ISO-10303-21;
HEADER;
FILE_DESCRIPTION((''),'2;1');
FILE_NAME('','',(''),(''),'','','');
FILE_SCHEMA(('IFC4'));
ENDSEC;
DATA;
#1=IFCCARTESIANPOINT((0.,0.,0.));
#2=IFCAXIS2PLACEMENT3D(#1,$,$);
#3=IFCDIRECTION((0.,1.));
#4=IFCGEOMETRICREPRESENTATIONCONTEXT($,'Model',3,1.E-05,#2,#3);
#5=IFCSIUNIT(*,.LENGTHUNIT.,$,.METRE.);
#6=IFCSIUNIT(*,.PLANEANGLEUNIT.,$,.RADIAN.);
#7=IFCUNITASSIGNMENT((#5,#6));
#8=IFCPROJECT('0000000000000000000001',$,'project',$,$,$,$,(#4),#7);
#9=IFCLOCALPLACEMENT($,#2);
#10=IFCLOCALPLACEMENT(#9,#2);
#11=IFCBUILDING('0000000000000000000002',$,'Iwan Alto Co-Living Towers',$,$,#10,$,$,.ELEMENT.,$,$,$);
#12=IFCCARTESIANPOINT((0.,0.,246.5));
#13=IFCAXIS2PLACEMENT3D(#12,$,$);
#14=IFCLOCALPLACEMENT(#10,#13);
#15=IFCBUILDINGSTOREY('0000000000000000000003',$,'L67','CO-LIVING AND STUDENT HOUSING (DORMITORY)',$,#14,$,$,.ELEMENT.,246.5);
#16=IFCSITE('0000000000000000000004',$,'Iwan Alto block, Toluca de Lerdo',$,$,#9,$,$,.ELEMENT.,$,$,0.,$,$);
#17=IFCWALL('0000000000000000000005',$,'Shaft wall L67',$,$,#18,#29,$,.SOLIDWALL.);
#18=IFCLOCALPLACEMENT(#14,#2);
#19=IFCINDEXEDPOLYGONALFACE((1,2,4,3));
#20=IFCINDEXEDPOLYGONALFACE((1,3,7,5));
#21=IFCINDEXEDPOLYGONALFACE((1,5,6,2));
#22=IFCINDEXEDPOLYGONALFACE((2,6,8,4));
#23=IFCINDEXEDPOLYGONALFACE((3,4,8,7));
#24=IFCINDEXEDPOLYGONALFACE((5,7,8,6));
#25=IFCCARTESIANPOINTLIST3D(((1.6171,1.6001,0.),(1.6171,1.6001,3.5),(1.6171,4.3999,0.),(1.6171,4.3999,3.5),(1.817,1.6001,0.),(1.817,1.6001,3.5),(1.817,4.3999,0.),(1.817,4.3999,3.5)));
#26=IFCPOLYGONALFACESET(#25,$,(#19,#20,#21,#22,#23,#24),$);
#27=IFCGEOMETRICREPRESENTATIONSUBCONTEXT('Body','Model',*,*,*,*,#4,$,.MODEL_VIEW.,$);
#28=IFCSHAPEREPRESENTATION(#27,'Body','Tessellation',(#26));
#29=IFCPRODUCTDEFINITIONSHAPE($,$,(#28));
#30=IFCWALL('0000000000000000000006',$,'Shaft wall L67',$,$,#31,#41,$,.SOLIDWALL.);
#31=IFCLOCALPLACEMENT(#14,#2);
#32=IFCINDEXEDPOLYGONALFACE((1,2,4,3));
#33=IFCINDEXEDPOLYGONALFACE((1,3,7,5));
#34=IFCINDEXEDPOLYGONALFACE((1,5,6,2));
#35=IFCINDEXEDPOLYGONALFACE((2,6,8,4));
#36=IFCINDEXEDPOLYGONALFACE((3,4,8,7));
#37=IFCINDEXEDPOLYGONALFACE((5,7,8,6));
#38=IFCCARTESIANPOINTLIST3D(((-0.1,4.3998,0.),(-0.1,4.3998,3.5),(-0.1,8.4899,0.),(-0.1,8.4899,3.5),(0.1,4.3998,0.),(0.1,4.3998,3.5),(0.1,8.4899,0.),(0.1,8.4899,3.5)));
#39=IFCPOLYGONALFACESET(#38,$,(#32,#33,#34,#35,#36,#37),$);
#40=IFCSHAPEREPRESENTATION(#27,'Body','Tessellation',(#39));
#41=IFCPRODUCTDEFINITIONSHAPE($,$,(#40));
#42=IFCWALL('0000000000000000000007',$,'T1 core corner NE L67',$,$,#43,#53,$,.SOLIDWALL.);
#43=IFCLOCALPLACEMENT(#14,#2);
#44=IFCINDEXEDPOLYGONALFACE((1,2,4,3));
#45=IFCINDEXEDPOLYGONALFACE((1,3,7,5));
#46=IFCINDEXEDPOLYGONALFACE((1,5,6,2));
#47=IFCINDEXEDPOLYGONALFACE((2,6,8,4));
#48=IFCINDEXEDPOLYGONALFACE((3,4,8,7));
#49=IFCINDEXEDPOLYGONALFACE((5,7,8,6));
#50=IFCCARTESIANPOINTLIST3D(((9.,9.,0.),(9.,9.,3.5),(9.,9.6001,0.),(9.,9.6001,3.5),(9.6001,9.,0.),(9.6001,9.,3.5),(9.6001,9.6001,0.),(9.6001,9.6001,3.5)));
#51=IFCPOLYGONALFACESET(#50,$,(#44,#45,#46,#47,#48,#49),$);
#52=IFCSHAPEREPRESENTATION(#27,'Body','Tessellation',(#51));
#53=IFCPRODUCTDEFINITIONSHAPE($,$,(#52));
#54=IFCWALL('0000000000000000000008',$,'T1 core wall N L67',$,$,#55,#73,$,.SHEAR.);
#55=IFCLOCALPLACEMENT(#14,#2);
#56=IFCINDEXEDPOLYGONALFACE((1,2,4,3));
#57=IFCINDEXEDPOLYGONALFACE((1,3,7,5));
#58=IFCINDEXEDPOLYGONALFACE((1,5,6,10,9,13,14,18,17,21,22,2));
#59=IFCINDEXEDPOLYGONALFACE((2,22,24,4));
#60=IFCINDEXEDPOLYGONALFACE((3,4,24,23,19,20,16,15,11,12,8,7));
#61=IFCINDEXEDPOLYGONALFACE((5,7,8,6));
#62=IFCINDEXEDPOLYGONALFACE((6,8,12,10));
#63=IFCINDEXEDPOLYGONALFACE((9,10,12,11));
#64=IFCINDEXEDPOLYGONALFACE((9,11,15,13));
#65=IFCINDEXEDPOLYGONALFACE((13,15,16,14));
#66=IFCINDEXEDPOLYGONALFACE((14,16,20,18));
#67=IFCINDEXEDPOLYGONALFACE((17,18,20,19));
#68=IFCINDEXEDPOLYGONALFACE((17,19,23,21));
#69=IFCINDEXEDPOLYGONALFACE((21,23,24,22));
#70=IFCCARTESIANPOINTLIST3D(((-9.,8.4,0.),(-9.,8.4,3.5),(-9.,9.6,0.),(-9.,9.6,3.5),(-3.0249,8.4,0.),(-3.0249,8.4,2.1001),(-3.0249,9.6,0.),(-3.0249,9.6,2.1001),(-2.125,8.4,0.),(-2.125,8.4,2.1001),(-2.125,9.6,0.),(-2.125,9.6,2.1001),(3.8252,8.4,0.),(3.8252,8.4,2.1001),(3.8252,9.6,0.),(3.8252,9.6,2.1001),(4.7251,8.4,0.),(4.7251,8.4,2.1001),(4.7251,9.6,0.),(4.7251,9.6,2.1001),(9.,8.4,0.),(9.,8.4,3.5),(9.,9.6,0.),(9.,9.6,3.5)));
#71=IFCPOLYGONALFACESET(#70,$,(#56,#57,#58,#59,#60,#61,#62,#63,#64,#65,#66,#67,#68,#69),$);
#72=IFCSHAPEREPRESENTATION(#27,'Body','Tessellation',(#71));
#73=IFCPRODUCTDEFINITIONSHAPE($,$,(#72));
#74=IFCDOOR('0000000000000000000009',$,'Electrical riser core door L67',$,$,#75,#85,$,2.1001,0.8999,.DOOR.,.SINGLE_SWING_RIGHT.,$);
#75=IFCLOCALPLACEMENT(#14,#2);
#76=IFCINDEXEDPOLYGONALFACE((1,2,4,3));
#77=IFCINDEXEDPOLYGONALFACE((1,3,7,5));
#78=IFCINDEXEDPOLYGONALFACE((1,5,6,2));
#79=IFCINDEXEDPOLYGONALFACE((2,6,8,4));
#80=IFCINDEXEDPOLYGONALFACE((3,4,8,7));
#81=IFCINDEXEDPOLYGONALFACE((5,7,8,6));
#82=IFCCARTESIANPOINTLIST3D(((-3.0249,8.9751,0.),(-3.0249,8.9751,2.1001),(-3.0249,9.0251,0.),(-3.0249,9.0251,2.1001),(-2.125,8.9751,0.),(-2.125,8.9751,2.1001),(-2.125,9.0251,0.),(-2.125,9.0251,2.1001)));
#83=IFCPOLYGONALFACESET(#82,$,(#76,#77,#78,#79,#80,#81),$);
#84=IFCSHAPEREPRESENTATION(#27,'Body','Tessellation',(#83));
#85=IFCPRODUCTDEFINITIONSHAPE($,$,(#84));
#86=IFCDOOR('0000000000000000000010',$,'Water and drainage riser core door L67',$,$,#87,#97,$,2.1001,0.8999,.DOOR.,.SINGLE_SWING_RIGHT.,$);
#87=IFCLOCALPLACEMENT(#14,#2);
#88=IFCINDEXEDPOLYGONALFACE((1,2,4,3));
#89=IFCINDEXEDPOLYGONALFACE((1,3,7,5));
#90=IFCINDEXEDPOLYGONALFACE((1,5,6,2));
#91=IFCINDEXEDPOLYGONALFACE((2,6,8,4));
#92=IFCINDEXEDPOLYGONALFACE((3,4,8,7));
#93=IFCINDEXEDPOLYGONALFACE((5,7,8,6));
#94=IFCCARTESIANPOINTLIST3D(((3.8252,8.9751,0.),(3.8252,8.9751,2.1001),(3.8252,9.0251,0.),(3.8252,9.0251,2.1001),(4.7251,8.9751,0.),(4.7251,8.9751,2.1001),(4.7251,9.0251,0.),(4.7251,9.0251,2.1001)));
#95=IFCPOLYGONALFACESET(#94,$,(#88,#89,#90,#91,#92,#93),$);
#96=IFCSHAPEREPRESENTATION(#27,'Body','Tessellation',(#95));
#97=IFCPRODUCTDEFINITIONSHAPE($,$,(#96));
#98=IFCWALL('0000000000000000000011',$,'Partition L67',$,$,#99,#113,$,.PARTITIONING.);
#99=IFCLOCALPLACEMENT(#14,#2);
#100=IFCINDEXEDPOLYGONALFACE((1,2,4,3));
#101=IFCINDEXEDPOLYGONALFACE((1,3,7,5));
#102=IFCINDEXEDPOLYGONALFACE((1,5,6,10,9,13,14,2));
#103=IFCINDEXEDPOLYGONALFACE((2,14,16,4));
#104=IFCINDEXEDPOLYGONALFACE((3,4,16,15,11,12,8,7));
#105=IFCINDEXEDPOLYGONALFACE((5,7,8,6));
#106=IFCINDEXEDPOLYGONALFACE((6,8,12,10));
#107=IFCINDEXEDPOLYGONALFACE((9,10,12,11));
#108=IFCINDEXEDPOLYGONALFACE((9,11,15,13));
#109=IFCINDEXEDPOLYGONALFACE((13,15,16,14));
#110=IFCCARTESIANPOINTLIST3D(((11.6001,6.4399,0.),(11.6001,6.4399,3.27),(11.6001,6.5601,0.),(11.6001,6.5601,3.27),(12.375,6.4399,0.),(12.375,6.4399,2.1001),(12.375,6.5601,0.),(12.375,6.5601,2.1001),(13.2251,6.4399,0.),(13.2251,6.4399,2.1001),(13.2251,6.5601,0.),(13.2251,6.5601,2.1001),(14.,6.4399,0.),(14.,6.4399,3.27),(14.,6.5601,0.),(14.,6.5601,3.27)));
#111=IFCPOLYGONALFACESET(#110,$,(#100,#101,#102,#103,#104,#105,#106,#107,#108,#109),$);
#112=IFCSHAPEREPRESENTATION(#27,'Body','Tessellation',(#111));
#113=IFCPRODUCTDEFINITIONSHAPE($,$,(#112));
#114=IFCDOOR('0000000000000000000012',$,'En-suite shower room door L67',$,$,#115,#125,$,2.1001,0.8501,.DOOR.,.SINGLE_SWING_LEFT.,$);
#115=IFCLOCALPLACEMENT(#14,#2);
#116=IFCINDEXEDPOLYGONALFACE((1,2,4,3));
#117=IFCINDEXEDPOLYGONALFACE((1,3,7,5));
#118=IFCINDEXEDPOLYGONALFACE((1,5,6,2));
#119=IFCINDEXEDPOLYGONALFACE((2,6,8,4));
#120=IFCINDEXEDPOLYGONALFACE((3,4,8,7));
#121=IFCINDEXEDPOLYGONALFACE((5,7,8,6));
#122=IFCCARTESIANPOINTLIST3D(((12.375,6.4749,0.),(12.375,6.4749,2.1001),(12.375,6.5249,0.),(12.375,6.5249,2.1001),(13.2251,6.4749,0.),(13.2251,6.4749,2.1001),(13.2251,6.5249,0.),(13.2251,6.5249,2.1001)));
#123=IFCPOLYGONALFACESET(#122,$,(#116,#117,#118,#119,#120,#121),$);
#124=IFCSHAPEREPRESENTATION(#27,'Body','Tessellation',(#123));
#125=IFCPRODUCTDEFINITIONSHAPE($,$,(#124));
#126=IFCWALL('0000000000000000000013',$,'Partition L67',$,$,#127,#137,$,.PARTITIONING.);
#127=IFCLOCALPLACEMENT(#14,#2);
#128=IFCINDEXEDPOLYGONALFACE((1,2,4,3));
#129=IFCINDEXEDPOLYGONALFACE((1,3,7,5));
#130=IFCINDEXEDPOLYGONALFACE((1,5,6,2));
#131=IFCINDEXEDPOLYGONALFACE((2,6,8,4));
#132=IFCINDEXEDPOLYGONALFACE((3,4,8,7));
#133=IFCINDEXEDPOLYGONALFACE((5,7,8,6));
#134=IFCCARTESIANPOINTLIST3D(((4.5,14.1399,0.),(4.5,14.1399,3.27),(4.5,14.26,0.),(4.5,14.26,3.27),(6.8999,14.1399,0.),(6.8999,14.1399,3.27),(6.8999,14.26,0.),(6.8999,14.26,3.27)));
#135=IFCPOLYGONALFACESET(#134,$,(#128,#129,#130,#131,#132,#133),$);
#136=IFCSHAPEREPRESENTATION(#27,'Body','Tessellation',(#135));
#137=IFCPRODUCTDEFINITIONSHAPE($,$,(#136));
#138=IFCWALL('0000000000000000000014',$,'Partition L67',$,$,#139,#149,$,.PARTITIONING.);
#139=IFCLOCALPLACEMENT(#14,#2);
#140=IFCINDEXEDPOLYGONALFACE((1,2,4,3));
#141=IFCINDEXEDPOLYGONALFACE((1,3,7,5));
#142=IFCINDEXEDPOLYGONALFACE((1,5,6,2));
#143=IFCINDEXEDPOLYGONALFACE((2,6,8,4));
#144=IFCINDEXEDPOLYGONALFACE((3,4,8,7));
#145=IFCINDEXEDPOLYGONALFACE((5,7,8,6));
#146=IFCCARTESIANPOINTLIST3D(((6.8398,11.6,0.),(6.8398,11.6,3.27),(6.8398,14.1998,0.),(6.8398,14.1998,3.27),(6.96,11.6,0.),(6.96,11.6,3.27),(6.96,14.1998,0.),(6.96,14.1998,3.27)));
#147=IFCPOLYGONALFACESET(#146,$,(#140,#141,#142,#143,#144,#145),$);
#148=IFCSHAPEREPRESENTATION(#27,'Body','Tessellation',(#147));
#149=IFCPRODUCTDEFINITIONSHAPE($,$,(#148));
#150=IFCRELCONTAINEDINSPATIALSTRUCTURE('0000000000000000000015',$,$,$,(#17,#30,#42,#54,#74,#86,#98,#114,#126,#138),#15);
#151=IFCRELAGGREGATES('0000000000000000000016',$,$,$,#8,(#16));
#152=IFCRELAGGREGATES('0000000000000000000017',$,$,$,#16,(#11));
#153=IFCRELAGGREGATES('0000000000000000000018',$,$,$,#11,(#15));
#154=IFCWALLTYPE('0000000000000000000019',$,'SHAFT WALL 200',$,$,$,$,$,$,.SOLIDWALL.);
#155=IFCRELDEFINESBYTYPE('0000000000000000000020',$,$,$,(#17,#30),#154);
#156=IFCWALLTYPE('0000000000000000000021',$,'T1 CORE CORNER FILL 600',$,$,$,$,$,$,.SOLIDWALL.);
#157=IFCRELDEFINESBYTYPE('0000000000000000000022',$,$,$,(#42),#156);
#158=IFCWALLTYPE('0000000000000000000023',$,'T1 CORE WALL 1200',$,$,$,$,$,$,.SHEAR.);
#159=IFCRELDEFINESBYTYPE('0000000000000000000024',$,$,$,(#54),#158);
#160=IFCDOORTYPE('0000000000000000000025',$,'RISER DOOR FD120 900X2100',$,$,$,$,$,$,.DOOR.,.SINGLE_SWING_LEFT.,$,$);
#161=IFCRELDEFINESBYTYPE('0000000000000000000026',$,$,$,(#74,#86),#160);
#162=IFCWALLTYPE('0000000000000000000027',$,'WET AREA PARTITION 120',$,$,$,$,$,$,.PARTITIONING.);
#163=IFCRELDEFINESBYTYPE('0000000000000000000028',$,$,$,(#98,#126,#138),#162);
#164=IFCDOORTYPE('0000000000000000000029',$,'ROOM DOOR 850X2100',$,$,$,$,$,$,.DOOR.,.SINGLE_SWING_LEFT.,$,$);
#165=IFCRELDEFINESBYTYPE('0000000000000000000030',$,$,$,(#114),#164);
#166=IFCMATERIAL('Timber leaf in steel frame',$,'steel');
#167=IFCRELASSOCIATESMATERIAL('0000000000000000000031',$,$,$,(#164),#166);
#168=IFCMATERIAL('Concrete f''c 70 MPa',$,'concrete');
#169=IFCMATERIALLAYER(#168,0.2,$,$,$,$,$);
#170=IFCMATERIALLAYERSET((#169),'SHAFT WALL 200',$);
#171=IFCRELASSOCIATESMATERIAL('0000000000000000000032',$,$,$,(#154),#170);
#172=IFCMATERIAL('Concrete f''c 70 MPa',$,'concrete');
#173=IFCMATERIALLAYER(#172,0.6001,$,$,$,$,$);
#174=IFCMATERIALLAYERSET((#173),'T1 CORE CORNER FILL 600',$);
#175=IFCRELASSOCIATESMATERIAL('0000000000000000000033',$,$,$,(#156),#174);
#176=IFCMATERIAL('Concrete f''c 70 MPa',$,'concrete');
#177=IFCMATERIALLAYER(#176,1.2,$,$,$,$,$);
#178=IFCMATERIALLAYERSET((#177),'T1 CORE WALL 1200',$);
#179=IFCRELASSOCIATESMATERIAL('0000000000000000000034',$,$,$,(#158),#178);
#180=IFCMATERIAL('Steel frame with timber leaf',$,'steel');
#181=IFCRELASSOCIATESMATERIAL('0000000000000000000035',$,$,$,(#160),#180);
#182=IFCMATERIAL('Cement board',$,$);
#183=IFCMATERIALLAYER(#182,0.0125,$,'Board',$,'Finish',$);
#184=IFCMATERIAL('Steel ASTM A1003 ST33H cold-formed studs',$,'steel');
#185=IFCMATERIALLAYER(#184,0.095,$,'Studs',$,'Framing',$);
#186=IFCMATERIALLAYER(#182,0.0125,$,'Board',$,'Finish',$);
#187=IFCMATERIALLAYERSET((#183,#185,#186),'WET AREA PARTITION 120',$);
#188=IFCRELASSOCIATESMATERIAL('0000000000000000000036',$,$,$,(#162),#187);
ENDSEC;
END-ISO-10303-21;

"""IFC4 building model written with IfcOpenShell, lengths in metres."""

from ifc_helpers import new_model, si_unit, direction, frame, frame_2d, origin, place, context, subcontext, project, spatial, rectangle, extrude, material, layer, layer_set, type_object, element, fill, save


model = new_model("IFC4")

# Units and contexts
model_context = context("Model", 3, precision=1e-05, world=origin(), true_north=direction((0.0, 1.0)))
body_context = subcontext(model_context, "Body", "Model", "MODEL_VIEW")
ifc_project = project(units=[si_unit("LENGTHUNIT", "METRE"), si_unit("PLANEANGLEUNIT", "RADIAN")], contexts=[model_context])

# Site, building, storey
site_placement = place(None, origin())
site = spatial("IfcSite", under=ifc_project, at=site_placement, Name="Iwan Alto block, Toluca de Lerdo", CompositionType="ELEMENT", RefElevation=0.0)
building_placement = place(site_placement, origin())
building = spatial("IfcBuilding", under=site, at=building_placement, Name="Iwan Alto Co-Living Towers", CompositionType="ELEMENT")
storey_placement = place(building_placement, frame((0.0, 0.0, 246.5)))
storey = spatial("IfcBuildingStorey", under=building, at=storey_placement, Name="L67", Description="CO-LIVING AND STUDENT HOUSING (DORMITORY)", CompositionType="ELEMENT", Elevation=246.5)

# Shared definitions
ifc_material_1 = material(Name="Steel ASTM A1003 ST33H cold-formed studs", Category="steel")
ifc_material_2 = material(Name="Timber leaf in steel frame", Category="steel")
door_type_1 = type_object("IfcDoorType", Name="ROOM DOOR 850X2100", OperationType="SINGLE_SWING_LEFT", PredefinedType="DOOR", material=ifc_material_2)

# Walls
ifc_material_3 = material(Name="Concrete f'c 70 MPa", Category="concrete")
ifc_layer_1 = layer(ifc_material_3, 0.2)
ifc_layer_set_1 = layer_set([ifc_layer_1], Name="SHAFT WALL 200")
wall_type_1 = type_object("IfcWallType", Name="SHAFT WALL 200", PredefinedType="SOLIDWALL", material=ifc_layer_set_1)
wall_1_placement = place(storey_placement, frame((1.717, 1.6001, 0.0), z_axis=(0.0, 0.0, 1.0), x_axis=(0.0, 1.0, 0.0)))
element("IfcWall", 1, at=wall_1_placement, inside=storey, type_object=wall_type_1, Name="Shaft wall L67", PredefinedType="SOLIDWALL", context=body_context, shape_type="SweptSolid", body=[
    extrude(rectangle(XDim=2.7998, YDim=0.2, at=frame_2d((1.3999, 0.0))), origin(), (0.0, 0.0, 1.0), 3.5),
])
wall_2_placement = place(storey_placement, frame((0.0, 4.3999, 0.0), z_axis=(0.0, 0.0, 1.0), x_axis=(0.0, 1.0, 0.0)))
element("IfcWall", 2, at=wall_2_placement, inside=storey, type_object=wall_type_1, Name="Shaft wall L67", PredefinedType="SOLIDWALL", context=body_context, shape_type="SweptSolid", body=[
    extrude(rectangle(XDim=4.0901, YDim=0.2, at=frame_2d((2.0449, 0.0))), origin(), (0.0, 0.0, 1.0), 3.5),
])
ifc_material_4 = material(Name="Concrete f'c 70 MPa", Category="concrete")
ifc_layer_2 = layer(ifc_material_4, 0.6001)
ifc_layer_set_2 = layer_set([ifc_layer_2], Name="T1 CORE CORNER FILL 600")
wall_type_2 = type_object("IfcWallType", Name="T1 CORE CORNER FILL 600", PredefinedType="SOLIDWALL", material=ifc_layer_set_2)
wall_3_placement = place(storey_placement, frame((9.0, 9.3, 0.0), z_axis=(0.0, 0.0, 1.0), x_axis=(1.0, 0.0, 0.0)))
element("IfcWall", 3, at=wall_3_placement, inside=storey, type_object=wall_type_2, Name="T1 core corner NE L67", PredefinedType="SOLIDWALL", context=body_context, shape_type="SweptSolid", body=[
    extrude(rectangle(XDim=0.6001, YDim=0.6001, at=frame_2d((0.3, 0.0))), origin(), (0.0, 0.0, 1.0), 3.5),
])

# Wall, openings, doors
ifc_material_5 = material(Name="Concrete f'c 70 MPa", Category="concrete")
ifc_layer_3 = layer(ifc_material_5, 1.2)
ifc_layer_set_3 = layer_set([ifc_layer_3], Name="T1 CORE WALL 1200")
wall_type_3 = type_object("IfcWallType", Name="T1 CORE WALL 1200", PredefinedType="SHEAR", material=ifc_layer_set_3)
wall_4_placement = place(storey_placement, frame((9.0, 9.0, 0.0), z_axis=(0.0, 0.0, 1.0), x_axis=(-1.0, 0.0, 0.0)))
wall_4 = element("IfcWall", 4, at=wall_4_placement, inside=storey, type_object=wall_type_3, Name="T1 core wall N L67", PredefinedType="SHEAR", context=body_context, shape_type="SweptSolid", body=[
    extrude(rectangle(XDim=18.0, YDim=1.2, at=frame_2d((9.0, 0.0))), origin(), (0.0, 0.0, 1.0), 3.5),
])
opening_1_placement = place(wall_4_placement, frame((11.125, 0.0, 0.0)))
opening_1 = element("IfcOpeningElement", 5, at=opening_1_placement, cuts=wall_4, PredefinedType="OPENING", context=body_context, shape_type="SweptSolid", body=[
    extrude(rectangle(XDim=0.8999, YDim=2.1001, at=frame_2d((0.45, 1.05))), frame((0.0, 0.6099, 0.0), z_axis=(0.0, -1.0, 0.0), x_axis=(1.0, 0.0, 0.0)), (0.0, 0.0, 1.0), 1.22),
])
opening_2_placement = place(wall_4_placement, frame((4.2749, 0.0, 0.0)))
opening_2 = element("IfcOpeningElement", 6, at=opening_2_placement, cuts=wall_4, PredefinedType="OPENING", context=body_context, shape_type="SweptSolid", body=[
    extrude(rectangle(XDim=0.8999, YDim=2.1001, at=frame_2d((0.45, 1.05))), frame((0.0, 0.6099, 0.0), z_axis=(0.0, -1.0, 0.0), x_axis=(1.0, 0.0, 0.0)), (0.0, 0.0, 1.0), 1.22),
])
ifc_material_6 = material(Name="Steel frame with timber leaf", Category="steel")
door_type_2 = type_object("IfcDoorType", Name="RISER DOOR FD120 900X2100", OperationType="SINGLE_SWING_LEFT", PredefinedType="DOOR", material=ifc_material_6)
door_1_placement = place(opening_1_placement, origin())
door_1 = element("IfcDoor", 7, at=door_1_placement, inside=storey, type_object=door_type_2, Name="Electrical riser core door L67", OperationType="SINGLE_SWING_RIGHT", OverallHeight=2.1001, OverallWidth=0.8999, PredefinedType="DOOR", context=body_context, shape_type="SweptSolid", body=[
    extrude(rectangle(XDim=0.8999, YDim=2.1001, at=frame_2d((0.45, 1.05))), frame((0.0, 0.0249, 0.0), z_axis=(0.0, -1.0, 0.0), x_axis=(1.0, 0.0, 0.0)), (0.0, 0.0, 1.0), 0.05),
])
fill(opening_1, door_1)
door_2_placement = place(opening_2_placement, origin())
door_2 = element("IfcDoor", 8, at=door_2_placement, inside=storey, type_object=door_type_2, Name="Water and drainage riser core door L67", OperationType="SINGLE_SWING_RIGHT", OverallHeight=2.1001, OverallWidth=0.8999, PredefinedType="DOOR", context=body_context, shape_type="SweptSolid", body=[
    extrude(rectangle(XDim=0.8999, YDim=2.1001, at=frame_2d((0.45, 1.05))), frame((0.0, 0.0249, 0.0), z_axis=(0.0, -1.0, 0.0), x_axis=(1.0, 0.0, 0.0)), (0.0, 0.0, 1.0), 0.05),
])
fill(opening_2, door_2)

# Wall, opening, door
ifc_material_7 = material(Name="Cement board")
ifc_layer_4 = layer(ifc_material_7, 0.0125, Name="Board", Category="Finish")
ifc_layer_5 = layer(ifc_material_1, 0.095, Name="Studs", Category="Framing")
ifc_layer_6 = layer(ifc_material_7, 0.0125, Name="Board", Category="Finish")
ifc_layer_set_4 = layer_set([ifc_layer_4, ifc_layer_5, ifc_layer_6], Name="WET AREA PARTITION 120")
wall_type_4 = type_object("IfcWallType", Name="WET AREA PARTITION 120", PredefinedType="PARTITIONING", material=ifc_layer_set_4)
wall_5_placement = place(storey_placement, frame((11.6001, 6.5, 0.0), z_axis=(0.0, 0.0, 1.0), x_axis=(1.0, 0.0, 0.0)))
wall_5 = element("IfcWall", 9, at=wall_5_placement, inside=storey, type_object=wall_type_4, Name="Partition L67", PredefinedType="PARTITIONING", context=body_context, shape_type="SweptSolid", body=[
    extrude(rectangle(XDim=2.3999, YDim=0.1201, at=frame_2d((1.2, 0.0))), origin(), (0.0, 0.0, 1.0), 3.27),
])
opening_3_placement = place(wall_5_placement, frame((0.7749, 0.0, 0.0)))
opening_3 = element("IfcOpeningElement", 10, at=opening_3_placement, cuts=wall_5, PredefinedType="OPENING", context=body_context, shape_type="SweptSolid", body=[
    extrude(rectangle(XDim=0.8501, YDim=2.1001, at=frame_2d((0.425, 1.05))), frame((0.0, 0.0701, 0.0), z_axis=(0.0, -1.0, 0.0), x_axis=(1.0, 0.0, 0.0)), (0.0, 0.0, 1.0), 0.1401),
])
door_3_placement = place(opening_3_placement, origin())
door_3 = element("IfcDoor", 11, at=door_3_placement, inside=storey, type_object=door_type_1, Name="En-suite shower room door L67", OperationType="SINGLE_SWING_LEFT", OverallHeight=2.1001, OverallWidth=0.8501, PredefinedType="DOOR", context=body_context, shape_type="SweptSolid", body=[
    extrude(rectangle(XDim=0.8501, YDim=2.1001, at=frame_2d((0.425, 1.05))), frame((0.0, 0.0249, 0.0), z_axis=(0.0, -1.0, 0.0), x_axis=(1.0, 0.0, 0.0)), (0.0, 0.0, 1.0), 0.05),
])
fill(opening_3, door_3)

# Walls
wall_6_placement = place(storey_placement, frame((4.5, 14.2, 0.0), z_axis=(0.0, 0.0, 1.0), x_axis=(1.0, 0.0, 0.0)))
element("IfcWall", 12, at=wall_6_placement, inside=storey, type_object=wall_type_4, Name="Partition L67", PredefinedType="PARTITIONING", context=body_context, shape_type="SweptSolid", body=[
    extrude(rectangle(XDim=2.3999, YDim=0.1201, at=frame_2d((1.2, 0.0))), origin(), (0.0, 0.0, 1.0), 3.27),
])
wall_7_placement = place(storey_placement, frame((6.8999, 11.6001, 0.0), z_axis=(0.0, 0.0, 1.0), x_axis=(0.0, 1.0, 0.0)))
element("IfcWall", 13, at=wall_7_placement, inside=storey, type_object=wall_type_4, Name="Partition L67", PredefinedType="PARTITIONING", context=body_context, shape_type="SweptSolid", body=[
    extrude(rectangle(XDim=2.5999, YDim=0.1201, at=frame_2d((1.2998, 0.0))), origin(), (0.0, 0.0, 1.0), 3.27),
])

save(model, "model.ifc")
